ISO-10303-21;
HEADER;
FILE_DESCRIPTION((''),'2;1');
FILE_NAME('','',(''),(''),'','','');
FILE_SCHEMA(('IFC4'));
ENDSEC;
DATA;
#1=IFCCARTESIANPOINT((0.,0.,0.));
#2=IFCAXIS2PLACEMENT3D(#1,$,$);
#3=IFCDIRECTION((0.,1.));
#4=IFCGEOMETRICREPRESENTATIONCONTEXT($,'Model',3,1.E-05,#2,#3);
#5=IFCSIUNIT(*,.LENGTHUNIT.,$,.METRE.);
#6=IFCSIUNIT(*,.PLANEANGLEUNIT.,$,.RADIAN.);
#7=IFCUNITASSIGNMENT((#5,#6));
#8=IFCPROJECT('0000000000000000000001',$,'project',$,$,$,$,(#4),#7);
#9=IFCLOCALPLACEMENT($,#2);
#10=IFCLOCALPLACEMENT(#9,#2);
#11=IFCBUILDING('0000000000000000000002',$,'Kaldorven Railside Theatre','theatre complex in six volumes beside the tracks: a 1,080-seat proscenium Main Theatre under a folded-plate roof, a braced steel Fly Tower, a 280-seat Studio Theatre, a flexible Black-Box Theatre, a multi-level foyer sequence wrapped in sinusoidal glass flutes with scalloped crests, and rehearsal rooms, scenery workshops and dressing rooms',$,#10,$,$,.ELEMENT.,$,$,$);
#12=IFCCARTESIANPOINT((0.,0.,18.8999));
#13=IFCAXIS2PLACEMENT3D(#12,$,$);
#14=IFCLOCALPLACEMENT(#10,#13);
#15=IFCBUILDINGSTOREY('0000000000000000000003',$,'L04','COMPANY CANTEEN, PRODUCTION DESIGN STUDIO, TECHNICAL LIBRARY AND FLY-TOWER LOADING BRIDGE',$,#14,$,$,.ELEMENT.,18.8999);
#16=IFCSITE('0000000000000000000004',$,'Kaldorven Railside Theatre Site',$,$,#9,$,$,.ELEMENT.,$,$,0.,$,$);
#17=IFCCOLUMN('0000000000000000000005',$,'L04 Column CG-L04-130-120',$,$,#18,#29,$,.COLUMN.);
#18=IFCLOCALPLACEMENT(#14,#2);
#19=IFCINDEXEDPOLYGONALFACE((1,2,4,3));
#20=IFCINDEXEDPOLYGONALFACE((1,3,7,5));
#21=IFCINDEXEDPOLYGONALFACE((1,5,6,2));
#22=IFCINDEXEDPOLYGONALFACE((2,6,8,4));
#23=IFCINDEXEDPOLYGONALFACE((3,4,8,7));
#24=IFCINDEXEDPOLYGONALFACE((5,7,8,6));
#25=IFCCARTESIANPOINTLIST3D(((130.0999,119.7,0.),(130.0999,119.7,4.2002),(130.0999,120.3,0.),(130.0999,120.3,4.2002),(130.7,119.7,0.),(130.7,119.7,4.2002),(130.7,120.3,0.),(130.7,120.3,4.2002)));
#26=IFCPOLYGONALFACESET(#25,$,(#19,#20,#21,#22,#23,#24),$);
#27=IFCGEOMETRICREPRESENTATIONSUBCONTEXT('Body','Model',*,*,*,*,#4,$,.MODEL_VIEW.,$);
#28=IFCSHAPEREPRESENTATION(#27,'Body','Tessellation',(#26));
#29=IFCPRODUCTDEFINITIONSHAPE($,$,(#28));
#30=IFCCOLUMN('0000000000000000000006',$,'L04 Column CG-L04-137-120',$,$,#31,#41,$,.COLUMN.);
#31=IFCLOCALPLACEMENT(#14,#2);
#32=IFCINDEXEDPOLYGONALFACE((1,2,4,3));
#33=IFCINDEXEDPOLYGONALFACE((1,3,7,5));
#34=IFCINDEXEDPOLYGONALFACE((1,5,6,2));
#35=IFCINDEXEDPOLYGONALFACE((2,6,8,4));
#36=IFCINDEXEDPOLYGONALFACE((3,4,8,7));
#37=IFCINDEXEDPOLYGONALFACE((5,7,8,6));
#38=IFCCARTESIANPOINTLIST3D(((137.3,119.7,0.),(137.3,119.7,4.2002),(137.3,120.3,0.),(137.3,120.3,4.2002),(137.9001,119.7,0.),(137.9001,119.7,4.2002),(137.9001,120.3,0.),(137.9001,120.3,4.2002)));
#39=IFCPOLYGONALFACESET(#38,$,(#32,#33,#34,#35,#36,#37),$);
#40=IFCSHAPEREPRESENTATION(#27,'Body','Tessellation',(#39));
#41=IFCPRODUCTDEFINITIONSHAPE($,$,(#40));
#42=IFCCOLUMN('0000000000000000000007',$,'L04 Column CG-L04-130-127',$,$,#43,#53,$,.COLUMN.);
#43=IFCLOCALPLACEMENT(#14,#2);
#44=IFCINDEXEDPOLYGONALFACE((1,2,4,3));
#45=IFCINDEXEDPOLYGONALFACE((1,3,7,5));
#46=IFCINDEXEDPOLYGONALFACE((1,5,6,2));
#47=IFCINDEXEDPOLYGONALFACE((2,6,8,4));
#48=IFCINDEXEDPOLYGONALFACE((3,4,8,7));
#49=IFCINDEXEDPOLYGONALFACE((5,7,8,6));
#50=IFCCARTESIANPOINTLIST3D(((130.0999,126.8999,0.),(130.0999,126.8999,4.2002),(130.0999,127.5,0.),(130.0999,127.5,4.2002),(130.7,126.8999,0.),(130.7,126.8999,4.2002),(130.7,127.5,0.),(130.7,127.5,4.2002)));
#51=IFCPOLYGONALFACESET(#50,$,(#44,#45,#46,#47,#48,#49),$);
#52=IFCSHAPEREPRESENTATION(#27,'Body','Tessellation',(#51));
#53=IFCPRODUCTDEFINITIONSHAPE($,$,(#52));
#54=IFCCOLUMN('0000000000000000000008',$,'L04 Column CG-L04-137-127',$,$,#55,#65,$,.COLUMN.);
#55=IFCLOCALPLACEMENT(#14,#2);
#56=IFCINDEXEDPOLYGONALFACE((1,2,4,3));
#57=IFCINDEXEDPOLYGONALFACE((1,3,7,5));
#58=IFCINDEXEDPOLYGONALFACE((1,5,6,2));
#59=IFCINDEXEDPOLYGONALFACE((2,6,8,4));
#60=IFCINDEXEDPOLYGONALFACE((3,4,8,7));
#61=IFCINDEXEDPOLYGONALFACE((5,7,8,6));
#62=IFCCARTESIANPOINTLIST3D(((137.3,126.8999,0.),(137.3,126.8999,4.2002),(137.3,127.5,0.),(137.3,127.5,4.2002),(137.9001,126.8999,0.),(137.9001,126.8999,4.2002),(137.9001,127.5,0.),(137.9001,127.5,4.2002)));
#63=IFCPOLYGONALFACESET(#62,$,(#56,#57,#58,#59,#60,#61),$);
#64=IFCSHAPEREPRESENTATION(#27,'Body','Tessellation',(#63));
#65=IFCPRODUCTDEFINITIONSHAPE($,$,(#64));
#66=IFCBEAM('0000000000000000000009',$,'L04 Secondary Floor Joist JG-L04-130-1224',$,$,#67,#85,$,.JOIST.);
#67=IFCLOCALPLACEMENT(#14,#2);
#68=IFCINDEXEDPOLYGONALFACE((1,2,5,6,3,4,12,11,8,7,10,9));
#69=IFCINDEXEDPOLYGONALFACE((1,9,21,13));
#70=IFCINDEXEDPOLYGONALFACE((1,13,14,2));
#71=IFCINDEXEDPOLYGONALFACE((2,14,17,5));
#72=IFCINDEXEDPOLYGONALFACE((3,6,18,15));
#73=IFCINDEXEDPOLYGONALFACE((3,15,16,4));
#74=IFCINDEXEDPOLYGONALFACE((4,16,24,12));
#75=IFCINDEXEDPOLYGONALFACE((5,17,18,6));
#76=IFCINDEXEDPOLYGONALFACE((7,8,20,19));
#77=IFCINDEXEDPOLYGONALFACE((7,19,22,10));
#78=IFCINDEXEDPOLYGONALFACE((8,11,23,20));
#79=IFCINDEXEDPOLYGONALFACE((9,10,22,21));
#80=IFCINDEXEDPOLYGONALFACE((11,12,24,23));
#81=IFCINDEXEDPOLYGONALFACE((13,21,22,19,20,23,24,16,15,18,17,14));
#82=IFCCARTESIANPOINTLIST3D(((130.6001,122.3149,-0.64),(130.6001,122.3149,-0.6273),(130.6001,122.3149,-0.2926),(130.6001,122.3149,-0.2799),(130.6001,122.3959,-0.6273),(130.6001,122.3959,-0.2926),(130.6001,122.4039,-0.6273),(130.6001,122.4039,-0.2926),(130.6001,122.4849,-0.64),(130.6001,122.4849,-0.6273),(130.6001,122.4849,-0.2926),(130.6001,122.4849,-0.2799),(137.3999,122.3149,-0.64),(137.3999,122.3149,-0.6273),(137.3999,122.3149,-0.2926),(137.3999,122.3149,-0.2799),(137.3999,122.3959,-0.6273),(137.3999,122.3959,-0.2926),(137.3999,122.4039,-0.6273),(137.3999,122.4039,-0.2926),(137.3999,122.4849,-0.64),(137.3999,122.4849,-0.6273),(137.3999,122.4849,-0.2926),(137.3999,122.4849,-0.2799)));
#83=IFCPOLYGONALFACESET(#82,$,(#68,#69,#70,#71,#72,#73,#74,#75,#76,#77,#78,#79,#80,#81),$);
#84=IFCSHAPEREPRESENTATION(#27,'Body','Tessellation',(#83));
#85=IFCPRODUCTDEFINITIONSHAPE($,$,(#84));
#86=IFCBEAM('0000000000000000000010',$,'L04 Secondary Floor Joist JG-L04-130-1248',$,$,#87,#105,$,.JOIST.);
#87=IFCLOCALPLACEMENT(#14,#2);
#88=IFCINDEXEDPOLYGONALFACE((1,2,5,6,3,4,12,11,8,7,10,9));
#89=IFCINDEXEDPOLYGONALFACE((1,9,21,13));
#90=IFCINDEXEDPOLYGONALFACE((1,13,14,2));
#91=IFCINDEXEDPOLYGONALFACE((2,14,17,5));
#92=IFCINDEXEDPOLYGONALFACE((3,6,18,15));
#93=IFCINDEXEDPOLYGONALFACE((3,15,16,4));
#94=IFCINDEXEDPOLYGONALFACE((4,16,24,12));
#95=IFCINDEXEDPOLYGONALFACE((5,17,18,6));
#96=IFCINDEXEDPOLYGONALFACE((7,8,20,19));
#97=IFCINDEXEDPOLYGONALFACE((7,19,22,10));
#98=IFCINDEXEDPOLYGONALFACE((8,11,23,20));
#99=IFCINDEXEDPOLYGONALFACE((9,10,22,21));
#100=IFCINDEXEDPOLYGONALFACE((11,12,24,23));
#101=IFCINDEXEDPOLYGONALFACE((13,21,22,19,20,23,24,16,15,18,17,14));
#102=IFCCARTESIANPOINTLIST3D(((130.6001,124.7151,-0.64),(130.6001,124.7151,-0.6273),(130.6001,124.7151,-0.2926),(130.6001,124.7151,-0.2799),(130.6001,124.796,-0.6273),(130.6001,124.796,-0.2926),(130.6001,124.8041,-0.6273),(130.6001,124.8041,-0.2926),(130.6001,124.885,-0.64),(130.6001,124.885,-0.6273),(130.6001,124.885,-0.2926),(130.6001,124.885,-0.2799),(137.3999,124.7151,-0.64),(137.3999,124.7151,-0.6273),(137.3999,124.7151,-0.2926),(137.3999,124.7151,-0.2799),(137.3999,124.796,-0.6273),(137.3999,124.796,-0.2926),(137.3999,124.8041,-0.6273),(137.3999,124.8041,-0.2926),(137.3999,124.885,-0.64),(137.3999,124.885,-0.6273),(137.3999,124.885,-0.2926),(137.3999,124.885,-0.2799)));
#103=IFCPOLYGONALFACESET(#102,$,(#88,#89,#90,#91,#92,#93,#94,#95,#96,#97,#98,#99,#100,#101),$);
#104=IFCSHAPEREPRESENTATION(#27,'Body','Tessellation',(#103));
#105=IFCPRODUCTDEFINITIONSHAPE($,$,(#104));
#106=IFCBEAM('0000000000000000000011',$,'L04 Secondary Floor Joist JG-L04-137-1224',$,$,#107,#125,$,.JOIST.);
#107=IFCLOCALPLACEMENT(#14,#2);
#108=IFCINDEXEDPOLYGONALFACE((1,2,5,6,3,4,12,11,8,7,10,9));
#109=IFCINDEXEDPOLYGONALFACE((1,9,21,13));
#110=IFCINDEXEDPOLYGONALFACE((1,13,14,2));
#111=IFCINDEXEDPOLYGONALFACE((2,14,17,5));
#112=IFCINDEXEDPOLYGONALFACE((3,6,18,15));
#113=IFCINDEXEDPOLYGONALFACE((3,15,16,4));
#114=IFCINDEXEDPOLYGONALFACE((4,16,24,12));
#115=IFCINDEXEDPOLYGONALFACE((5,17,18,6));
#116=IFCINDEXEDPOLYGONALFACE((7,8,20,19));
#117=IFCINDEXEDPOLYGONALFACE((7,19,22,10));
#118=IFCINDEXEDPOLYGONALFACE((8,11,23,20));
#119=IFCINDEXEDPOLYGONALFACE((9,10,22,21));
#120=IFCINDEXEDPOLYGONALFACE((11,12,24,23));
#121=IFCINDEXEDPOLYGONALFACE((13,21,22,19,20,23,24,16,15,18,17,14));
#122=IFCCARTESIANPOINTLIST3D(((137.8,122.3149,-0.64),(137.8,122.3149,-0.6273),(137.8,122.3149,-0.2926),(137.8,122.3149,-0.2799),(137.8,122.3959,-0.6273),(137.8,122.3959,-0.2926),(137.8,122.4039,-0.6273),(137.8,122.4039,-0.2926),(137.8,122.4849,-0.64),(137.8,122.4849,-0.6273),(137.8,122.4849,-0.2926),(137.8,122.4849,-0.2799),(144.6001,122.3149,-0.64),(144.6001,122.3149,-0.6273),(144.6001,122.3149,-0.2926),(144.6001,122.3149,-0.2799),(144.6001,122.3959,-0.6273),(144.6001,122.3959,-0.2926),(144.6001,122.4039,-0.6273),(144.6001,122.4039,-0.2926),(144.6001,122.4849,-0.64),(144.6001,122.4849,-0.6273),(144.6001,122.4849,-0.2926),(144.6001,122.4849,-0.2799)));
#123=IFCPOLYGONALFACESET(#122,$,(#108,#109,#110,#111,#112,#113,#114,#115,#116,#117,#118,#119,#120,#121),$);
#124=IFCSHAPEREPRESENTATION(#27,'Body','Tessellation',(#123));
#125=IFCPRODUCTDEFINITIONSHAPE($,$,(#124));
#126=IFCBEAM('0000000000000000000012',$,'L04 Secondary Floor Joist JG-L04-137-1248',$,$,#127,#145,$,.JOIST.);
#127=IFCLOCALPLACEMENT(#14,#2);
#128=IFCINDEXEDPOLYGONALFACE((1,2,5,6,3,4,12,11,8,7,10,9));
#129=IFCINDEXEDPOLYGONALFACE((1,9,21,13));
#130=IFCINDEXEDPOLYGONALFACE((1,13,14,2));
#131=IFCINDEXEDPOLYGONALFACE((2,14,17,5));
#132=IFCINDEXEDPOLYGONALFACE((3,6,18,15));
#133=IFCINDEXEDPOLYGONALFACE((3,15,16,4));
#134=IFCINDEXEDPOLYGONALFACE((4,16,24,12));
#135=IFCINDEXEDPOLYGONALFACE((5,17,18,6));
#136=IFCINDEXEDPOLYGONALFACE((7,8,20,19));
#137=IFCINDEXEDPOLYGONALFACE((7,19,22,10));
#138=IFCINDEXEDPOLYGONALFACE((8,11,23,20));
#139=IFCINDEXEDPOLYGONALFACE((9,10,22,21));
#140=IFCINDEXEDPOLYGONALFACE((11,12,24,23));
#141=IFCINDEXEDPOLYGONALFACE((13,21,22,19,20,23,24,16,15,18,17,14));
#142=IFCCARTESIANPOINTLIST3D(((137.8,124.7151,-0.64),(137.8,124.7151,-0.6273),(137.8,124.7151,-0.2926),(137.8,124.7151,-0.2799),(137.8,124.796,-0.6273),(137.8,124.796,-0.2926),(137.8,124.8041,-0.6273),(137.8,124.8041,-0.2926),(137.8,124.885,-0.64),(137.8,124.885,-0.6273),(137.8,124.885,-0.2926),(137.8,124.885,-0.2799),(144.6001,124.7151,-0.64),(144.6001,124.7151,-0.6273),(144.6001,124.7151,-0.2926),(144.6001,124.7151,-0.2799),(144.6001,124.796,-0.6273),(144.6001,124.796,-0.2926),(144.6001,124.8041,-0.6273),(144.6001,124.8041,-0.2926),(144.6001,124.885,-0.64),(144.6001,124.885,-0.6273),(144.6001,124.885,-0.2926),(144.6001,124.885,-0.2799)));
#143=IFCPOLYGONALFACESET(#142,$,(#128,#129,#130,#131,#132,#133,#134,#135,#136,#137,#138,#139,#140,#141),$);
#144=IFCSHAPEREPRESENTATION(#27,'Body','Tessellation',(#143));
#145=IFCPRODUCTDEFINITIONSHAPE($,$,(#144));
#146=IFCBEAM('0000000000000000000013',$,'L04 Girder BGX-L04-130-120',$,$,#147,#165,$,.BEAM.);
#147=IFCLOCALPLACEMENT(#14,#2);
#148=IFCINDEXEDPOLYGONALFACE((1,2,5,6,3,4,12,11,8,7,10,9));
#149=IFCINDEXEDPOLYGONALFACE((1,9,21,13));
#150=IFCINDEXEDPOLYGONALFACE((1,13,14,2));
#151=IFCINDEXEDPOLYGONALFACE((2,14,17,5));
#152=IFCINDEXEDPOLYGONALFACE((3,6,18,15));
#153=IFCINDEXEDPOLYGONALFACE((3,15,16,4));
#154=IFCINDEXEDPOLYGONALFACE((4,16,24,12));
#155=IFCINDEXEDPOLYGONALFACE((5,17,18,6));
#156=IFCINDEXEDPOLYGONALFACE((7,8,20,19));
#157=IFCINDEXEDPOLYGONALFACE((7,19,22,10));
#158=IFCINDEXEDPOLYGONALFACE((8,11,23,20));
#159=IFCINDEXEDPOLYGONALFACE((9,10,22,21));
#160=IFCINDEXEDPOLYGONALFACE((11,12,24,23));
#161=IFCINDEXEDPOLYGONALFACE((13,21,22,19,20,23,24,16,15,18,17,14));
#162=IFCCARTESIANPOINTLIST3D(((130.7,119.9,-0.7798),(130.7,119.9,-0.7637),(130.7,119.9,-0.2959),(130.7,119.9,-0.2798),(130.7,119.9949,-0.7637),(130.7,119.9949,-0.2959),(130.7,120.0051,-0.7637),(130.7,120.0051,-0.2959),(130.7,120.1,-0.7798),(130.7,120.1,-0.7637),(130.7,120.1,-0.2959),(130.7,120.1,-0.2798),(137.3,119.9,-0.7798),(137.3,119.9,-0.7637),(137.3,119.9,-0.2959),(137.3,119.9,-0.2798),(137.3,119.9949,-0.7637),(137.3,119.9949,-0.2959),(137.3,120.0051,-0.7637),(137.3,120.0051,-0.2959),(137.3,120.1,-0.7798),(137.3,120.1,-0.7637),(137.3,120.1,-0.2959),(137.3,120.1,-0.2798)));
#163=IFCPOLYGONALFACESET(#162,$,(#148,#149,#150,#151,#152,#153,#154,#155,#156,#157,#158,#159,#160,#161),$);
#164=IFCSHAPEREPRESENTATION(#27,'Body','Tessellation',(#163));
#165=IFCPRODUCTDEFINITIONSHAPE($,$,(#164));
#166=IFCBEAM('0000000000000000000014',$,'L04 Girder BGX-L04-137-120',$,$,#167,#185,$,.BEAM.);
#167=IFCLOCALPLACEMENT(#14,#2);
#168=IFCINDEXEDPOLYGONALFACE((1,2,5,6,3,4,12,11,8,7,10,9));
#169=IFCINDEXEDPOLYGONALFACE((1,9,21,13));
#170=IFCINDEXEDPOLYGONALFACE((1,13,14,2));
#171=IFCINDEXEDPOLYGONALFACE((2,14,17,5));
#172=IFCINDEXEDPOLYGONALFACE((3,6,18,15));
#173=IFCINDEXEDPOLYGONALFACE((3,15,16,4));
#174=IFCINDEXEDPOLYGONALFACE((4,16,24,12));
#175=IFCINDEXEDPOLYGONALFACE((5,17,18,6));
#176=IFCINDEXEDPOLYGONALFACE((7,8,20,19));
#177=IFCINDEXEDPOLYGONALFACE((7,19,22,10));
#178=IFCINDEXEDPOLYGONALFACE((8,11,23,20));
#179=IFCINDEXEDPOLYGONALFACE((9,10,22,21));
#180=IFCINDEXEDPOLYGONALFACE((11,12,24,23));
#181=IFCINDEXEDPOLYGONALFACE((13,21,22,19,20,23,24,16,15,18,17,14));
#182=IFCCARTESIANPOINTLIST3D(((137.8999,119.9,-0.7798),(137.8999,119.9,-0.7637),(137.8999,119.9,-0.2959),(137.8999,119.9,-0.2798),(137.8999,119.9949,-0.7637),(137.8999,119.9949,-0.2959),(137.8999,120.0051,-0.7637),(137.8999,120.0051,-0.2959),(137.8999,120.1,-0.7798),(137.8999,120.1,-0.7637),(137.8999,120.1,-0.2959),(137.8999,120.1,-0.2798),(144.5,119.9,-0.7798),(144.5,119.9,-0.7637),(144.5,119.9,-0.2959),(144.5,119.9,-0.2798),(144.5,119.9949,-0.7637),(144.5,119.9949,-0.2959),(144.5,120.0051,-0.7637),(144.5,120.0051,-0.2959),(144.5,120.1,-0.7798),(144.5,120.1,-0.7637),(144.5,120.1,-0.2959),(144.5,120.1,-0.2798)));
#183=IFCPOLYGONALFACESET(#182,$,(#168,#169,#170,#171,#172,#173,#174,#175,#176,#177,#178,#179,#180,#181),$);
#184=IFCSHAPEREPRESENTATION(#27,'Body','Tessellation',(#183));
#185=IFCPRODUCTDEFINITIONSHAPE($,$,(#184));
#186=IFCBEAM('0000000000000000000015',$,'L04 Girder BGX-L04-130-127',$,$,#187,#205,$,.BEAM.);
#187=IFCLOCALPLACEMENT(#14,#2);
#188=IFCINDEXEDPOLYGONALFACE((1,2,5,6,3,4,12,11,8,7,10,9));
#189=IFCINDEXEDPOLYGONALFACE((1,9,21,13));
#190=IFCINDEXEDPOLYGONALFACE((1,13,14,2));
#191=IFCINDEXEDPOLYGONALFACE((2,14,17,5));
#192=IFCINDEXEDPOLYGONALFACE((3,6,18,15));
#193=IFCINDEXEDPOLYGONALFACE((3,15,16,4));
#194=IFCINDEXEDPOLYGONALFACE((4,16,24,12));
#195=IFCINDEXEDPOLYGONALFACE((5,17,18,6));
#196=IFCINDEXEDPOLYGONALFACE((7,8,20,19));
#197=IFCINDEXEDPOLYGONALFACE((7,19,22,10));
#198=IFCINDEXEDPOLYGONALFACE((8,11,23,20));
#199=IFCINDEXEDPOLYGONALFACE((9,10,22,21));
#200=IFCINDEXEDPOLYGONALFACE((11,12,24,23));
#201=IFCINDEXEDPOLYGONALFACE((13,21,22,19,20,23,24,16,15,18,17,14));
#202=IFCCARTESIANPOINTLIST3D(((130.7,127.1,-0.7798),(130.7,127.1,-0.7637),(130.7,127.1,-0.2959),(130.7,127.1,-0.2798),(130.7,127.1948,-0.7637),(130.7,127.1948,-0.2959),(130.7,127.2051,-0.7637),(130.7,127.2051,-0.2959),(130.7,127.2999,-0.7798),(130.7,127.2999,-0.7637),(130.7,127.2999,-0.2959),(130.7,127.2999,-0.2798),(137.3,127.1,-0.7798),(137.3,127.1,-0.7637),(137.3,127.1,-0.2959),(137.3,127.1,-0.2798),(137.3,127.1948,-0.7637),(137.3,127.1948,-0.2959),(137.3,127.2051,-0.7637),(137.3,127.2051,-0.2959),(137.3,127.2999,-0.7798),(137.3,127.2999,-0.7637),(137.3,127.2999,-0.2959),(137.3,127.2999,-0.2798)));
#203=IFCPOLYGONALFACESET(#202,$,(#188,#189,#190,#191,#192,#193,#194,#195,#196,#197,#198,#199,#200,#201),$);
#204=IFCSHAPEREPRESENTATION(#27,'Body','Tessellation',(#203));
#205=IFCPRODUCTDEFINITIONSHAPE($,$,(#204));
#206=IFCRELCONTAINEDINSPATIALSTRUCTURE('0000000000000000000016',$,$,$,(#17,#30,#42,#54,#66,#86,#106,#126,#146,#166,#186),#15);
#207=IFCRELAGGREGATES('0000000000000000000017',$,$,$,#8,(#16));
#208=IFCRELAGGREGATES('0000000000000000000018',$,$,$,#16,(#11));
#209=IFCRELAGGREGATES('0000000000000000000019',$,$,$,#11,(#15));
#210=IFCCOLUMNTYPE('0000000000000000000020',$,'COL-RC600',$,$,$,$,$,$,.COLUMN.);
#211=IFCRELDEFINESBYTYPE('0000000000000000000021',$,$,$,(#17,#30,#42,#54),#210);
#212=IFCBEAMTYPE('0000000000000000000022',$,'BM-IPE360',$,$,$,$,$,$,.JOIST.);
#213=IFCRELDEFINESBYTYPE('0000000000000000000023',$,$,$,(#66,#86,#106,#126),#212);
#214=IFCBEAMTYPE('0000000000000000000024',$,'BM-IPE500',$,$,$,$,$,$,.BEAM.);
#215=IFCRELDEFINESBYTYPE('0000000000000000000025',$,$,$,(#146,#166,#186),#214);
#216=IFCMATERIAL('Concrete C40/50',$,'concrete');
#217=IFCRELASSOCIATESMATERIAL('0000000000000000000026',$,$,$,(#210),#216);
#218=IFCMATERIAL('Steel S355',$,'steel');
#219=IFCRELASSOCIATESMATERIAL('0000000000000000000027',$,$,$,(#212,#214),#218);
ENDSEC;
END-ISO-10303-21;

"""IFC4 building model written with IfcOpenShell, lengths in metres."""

from ifc_helpers import new_model, si_unit, direction, frame, origin, origin_2d, place, context, subcontext, project, spatial, rectangle, i_section, extrude, material, material_profile, profile_set, type_object, element, save


model = new_model("IFC4")

# Units and contexts
model_context = context("Model", 3, precision=1e-05, world=origin(), true_north=direction((0.0, 1.0)))
body_context = subcontext(model_context, "Body", "Model", "MODEL_VIEW")
ifc_project = project(units=[si_unit("LENGTHUNIT", "METRE"), si_unit("PLANEANGLEUNIT", "RADIAN")], contexts=[model_context])

# Site, building, storey
site_placement = place(None, origin())
site = spatial("IfcSite", under=ifc_project, at=site_placement, Name="Kaldorven Railside Theatre Site", CompositionType="ELEMENT", RefElevation=0.0)
building_placement = place(site_placement, origin())
building = spatial("IfcBuilding", under=site, at=building_placement, Name="Kaldorven Railside Theatre", Description="theatre complex in six volumes beside the tracks: a 1,080-seat proscenium Main Theatre under a folded-plate roof, a braced steel Fly Tower, a 280-seat Studio Theatre, a flexible Black-Box Theatre, a multi-level foyer sequence wrapped in sinusoidal glass flutes with scalloped crests, and rehearsal rooms, scenery workshops and dressing rooms", CompositionType="ELEMENT")
storey_placement = place(building_placement, frame((0.0, 0.0, 18.8999)))
storey = spatial("IfcBuildingStorey", under=building, at=storey_placement, Name="L04", Description="COMPANY CANTEEN, PRODUCTION DESIGN STUDIO, TECHNICAL LIBRARY AND FLY-TOWER LOADING BRIDGE", CompositionType="ELEMENT", Elevation=18.8999)

# Columns
ifc_material_1 = material(Name="Concrete C40/50", Category="concrete")
ifc_material_profile_1 = material_profile(ifc_material_1, rectangle(XDim=0.6001, YDim=0.6001, at=origin_2d()), Name="RC 600x600")
ifc_profile_set_1 = profile_set([ifc_material_profile_1], Name="Concrete C40/50")
column_type = type_object("IfcColumnType", Name="COL-RC600", PredefinedType="COLUMN", material=ifc_profile_set_1)
for number, where, z_axis, x_axis, name in (
    (1, (130.3999, 120.0, 0.0), (0.0, 0.0, 1.0), (1.0, 0.0, 0.0), "L04 Column CG-L04-130-120"),
    (2, (137.6001, 120.0, 0.0), (0.0, 0.0, 1.0), (0.0, 1.0, 0.0), "L04 Column CG-L04-137-120"),
    (3, (130.3999, 127.2, 0.0), (0.0, 0.0, 1.0), (0.0, 1.0, 0.0), "L04 Column CG-L04-130-127"),
    (4, (137.6001, 127.2, 0.0), (0.0, 0.0, 1.0), (1.0, 0.0, 0.0), "L04 Column CG-L04-137-127"),
):
    element("IfcColumn", number, at=place(storey_placement, frame(where, z_axis=z_axis, x_axis=x_axis)), inside=storey, type_object=column_type, Name=name, PredefinedType="COLUMN", context=body_context, shape_type="SweptSolid", body=[
        extrude(rectangle(XDim=0.6001, YDim=0.6001, at=origin_2d()), origin(), (0.0, 0.0, 1.0), 4.2002),
    ])

# Beams
ifc_material_2 = material(Name="Steel S355", Category="steel")
ifc_material_profile_2 = material_profile(ifc_material_2, i_section(OverallWidth=0.1699, OverallDepth=0.3601, WebThickness=0.0081, FlangeThickness=0.0127, at=origin_2d()), Name="IPE 360")
ifc_profile_set_2 = profile_set([ifc_material_profile_2], Name="Steel S355")
beam_type_1 = type_object("IfcBeamType", Name="BM-IPE360", PredefinedType="JOIST", material=ifc_profile_set_2)
for number, where, z_axis, x_axis, name in (
    (5, (130.6001, 122.3999, -0.46), (1.0, 0.0, 0.0), (0.0, 1.0, 0.0), "L04 Secondary Floor Joist JG-L04-130-1224"),
    (6, (130.6001, 124.8, -0.46), (1.0, 0.0, 0.0), (0.0, 1.0, 0.0), "L04 Secondary Floor Joist JG-L04-130-1248"),
):
    element("IfcBeam", number, at=place(storey_placement, frame(where, z_axis=z_axis, x_axis=x_axis)), inside=storey, type_object=beam_type_1, Name=name, PredefinedType="JOIST", context=body_context, shape_type="SweptSolid", body=[
        extrude(i_section(OverallWidth=0.1699, OverallDepth=0.3601, WebThickness=0.0081, FlangeThickness=0.0127, at=origin_2d()), origin(), (0.0, 0.0, 1.0), 6.7998),
    ])
for number, where, z_axis, x_axis, name in (
    (7, (137.8, 122.3999, -0.46), (1.0, 0.0, 0.0), (0.0, 1.0, 0.0), "L04 Secondary Floor Joist JG-L04-137-1224"),
    (8, (137.8, 124.8, -0.46), (1.0, 0.0, 0.0), (0.0, 1.0, 0.0), "L04 Secondary Floor Joist JG-L04-137-1248"),
):
    element("IfcBeam", number, at=place(storey_placement, frame(where, z_axis=z_axis, x_axis=x_axis)), inside=storey, type_object=beam_type_1, Name=name, PredefinedType="JOIST", context=body_context, shape_type="SweptSolid", body=[
        extrude(i_section(OverallWidth=0.1699, OverallDepth=0.3601, WebThickness=0.0081, FlangeThickness=0.0127, at=origin_2d()), origin(), (0.0, 0.0, 1.0), 6.8),
    ])
ifc_material_profile_3 = material_profile(ifc_material_2, i_section(OverallWidth=0.2, OverallDepth=0.5, WebThickness=0.0103, FlangeThickness=0.0161, at=origin_2d()), Name="IPE 500")
ifc_profile_set_3 = profile_set([ifc_material_profile_3], Name="Steel S355")
beam_type_2 = type_object("IfcBeamType", Name="BM-IPE500", PredefinedType="BEAM", material=ifc_profile_set_3)
for number, where, z_axis, x_axis, name in (
    (9, (130.7, 120.0, -0.5298), (1.0, 0.0, 0.0), (0.0, 1.0, 0.0), "L04 Girder BGX-L04-130-120"),
    (10, (137.8999, 120.0, -0.5298), (1.0, 0.0, 0.0), (0.0, 1.0, 0.0), "L04 Girder BGX-L04-137-120"),
    (11, (130.7, 127.2, -0.5298), (1.0, 0.0, 0.0), (0.0, 1.0, 0.0), "L04 Girder BGX-L04-130-127"),
):
    element("IfcBeam", number, at=place(storey_placement, frame(where, z_axis=z_axis, x_axis=x_axis)), inside=storey, type_object=beam_type_2, Name=name, PredefinedType="BEAM", context=body_context, shape_type="SweptSolid", body=[
        extrude(i_section(OverallWidth=0.2, OverallDepth=0.5, WebThickness=0.0103, FlangeThickness=0.0161, at=origin_2d()), origin(), (0.0, 0.0, 1.0), 6.6001),
    ])

save(model, "model.ifc")
